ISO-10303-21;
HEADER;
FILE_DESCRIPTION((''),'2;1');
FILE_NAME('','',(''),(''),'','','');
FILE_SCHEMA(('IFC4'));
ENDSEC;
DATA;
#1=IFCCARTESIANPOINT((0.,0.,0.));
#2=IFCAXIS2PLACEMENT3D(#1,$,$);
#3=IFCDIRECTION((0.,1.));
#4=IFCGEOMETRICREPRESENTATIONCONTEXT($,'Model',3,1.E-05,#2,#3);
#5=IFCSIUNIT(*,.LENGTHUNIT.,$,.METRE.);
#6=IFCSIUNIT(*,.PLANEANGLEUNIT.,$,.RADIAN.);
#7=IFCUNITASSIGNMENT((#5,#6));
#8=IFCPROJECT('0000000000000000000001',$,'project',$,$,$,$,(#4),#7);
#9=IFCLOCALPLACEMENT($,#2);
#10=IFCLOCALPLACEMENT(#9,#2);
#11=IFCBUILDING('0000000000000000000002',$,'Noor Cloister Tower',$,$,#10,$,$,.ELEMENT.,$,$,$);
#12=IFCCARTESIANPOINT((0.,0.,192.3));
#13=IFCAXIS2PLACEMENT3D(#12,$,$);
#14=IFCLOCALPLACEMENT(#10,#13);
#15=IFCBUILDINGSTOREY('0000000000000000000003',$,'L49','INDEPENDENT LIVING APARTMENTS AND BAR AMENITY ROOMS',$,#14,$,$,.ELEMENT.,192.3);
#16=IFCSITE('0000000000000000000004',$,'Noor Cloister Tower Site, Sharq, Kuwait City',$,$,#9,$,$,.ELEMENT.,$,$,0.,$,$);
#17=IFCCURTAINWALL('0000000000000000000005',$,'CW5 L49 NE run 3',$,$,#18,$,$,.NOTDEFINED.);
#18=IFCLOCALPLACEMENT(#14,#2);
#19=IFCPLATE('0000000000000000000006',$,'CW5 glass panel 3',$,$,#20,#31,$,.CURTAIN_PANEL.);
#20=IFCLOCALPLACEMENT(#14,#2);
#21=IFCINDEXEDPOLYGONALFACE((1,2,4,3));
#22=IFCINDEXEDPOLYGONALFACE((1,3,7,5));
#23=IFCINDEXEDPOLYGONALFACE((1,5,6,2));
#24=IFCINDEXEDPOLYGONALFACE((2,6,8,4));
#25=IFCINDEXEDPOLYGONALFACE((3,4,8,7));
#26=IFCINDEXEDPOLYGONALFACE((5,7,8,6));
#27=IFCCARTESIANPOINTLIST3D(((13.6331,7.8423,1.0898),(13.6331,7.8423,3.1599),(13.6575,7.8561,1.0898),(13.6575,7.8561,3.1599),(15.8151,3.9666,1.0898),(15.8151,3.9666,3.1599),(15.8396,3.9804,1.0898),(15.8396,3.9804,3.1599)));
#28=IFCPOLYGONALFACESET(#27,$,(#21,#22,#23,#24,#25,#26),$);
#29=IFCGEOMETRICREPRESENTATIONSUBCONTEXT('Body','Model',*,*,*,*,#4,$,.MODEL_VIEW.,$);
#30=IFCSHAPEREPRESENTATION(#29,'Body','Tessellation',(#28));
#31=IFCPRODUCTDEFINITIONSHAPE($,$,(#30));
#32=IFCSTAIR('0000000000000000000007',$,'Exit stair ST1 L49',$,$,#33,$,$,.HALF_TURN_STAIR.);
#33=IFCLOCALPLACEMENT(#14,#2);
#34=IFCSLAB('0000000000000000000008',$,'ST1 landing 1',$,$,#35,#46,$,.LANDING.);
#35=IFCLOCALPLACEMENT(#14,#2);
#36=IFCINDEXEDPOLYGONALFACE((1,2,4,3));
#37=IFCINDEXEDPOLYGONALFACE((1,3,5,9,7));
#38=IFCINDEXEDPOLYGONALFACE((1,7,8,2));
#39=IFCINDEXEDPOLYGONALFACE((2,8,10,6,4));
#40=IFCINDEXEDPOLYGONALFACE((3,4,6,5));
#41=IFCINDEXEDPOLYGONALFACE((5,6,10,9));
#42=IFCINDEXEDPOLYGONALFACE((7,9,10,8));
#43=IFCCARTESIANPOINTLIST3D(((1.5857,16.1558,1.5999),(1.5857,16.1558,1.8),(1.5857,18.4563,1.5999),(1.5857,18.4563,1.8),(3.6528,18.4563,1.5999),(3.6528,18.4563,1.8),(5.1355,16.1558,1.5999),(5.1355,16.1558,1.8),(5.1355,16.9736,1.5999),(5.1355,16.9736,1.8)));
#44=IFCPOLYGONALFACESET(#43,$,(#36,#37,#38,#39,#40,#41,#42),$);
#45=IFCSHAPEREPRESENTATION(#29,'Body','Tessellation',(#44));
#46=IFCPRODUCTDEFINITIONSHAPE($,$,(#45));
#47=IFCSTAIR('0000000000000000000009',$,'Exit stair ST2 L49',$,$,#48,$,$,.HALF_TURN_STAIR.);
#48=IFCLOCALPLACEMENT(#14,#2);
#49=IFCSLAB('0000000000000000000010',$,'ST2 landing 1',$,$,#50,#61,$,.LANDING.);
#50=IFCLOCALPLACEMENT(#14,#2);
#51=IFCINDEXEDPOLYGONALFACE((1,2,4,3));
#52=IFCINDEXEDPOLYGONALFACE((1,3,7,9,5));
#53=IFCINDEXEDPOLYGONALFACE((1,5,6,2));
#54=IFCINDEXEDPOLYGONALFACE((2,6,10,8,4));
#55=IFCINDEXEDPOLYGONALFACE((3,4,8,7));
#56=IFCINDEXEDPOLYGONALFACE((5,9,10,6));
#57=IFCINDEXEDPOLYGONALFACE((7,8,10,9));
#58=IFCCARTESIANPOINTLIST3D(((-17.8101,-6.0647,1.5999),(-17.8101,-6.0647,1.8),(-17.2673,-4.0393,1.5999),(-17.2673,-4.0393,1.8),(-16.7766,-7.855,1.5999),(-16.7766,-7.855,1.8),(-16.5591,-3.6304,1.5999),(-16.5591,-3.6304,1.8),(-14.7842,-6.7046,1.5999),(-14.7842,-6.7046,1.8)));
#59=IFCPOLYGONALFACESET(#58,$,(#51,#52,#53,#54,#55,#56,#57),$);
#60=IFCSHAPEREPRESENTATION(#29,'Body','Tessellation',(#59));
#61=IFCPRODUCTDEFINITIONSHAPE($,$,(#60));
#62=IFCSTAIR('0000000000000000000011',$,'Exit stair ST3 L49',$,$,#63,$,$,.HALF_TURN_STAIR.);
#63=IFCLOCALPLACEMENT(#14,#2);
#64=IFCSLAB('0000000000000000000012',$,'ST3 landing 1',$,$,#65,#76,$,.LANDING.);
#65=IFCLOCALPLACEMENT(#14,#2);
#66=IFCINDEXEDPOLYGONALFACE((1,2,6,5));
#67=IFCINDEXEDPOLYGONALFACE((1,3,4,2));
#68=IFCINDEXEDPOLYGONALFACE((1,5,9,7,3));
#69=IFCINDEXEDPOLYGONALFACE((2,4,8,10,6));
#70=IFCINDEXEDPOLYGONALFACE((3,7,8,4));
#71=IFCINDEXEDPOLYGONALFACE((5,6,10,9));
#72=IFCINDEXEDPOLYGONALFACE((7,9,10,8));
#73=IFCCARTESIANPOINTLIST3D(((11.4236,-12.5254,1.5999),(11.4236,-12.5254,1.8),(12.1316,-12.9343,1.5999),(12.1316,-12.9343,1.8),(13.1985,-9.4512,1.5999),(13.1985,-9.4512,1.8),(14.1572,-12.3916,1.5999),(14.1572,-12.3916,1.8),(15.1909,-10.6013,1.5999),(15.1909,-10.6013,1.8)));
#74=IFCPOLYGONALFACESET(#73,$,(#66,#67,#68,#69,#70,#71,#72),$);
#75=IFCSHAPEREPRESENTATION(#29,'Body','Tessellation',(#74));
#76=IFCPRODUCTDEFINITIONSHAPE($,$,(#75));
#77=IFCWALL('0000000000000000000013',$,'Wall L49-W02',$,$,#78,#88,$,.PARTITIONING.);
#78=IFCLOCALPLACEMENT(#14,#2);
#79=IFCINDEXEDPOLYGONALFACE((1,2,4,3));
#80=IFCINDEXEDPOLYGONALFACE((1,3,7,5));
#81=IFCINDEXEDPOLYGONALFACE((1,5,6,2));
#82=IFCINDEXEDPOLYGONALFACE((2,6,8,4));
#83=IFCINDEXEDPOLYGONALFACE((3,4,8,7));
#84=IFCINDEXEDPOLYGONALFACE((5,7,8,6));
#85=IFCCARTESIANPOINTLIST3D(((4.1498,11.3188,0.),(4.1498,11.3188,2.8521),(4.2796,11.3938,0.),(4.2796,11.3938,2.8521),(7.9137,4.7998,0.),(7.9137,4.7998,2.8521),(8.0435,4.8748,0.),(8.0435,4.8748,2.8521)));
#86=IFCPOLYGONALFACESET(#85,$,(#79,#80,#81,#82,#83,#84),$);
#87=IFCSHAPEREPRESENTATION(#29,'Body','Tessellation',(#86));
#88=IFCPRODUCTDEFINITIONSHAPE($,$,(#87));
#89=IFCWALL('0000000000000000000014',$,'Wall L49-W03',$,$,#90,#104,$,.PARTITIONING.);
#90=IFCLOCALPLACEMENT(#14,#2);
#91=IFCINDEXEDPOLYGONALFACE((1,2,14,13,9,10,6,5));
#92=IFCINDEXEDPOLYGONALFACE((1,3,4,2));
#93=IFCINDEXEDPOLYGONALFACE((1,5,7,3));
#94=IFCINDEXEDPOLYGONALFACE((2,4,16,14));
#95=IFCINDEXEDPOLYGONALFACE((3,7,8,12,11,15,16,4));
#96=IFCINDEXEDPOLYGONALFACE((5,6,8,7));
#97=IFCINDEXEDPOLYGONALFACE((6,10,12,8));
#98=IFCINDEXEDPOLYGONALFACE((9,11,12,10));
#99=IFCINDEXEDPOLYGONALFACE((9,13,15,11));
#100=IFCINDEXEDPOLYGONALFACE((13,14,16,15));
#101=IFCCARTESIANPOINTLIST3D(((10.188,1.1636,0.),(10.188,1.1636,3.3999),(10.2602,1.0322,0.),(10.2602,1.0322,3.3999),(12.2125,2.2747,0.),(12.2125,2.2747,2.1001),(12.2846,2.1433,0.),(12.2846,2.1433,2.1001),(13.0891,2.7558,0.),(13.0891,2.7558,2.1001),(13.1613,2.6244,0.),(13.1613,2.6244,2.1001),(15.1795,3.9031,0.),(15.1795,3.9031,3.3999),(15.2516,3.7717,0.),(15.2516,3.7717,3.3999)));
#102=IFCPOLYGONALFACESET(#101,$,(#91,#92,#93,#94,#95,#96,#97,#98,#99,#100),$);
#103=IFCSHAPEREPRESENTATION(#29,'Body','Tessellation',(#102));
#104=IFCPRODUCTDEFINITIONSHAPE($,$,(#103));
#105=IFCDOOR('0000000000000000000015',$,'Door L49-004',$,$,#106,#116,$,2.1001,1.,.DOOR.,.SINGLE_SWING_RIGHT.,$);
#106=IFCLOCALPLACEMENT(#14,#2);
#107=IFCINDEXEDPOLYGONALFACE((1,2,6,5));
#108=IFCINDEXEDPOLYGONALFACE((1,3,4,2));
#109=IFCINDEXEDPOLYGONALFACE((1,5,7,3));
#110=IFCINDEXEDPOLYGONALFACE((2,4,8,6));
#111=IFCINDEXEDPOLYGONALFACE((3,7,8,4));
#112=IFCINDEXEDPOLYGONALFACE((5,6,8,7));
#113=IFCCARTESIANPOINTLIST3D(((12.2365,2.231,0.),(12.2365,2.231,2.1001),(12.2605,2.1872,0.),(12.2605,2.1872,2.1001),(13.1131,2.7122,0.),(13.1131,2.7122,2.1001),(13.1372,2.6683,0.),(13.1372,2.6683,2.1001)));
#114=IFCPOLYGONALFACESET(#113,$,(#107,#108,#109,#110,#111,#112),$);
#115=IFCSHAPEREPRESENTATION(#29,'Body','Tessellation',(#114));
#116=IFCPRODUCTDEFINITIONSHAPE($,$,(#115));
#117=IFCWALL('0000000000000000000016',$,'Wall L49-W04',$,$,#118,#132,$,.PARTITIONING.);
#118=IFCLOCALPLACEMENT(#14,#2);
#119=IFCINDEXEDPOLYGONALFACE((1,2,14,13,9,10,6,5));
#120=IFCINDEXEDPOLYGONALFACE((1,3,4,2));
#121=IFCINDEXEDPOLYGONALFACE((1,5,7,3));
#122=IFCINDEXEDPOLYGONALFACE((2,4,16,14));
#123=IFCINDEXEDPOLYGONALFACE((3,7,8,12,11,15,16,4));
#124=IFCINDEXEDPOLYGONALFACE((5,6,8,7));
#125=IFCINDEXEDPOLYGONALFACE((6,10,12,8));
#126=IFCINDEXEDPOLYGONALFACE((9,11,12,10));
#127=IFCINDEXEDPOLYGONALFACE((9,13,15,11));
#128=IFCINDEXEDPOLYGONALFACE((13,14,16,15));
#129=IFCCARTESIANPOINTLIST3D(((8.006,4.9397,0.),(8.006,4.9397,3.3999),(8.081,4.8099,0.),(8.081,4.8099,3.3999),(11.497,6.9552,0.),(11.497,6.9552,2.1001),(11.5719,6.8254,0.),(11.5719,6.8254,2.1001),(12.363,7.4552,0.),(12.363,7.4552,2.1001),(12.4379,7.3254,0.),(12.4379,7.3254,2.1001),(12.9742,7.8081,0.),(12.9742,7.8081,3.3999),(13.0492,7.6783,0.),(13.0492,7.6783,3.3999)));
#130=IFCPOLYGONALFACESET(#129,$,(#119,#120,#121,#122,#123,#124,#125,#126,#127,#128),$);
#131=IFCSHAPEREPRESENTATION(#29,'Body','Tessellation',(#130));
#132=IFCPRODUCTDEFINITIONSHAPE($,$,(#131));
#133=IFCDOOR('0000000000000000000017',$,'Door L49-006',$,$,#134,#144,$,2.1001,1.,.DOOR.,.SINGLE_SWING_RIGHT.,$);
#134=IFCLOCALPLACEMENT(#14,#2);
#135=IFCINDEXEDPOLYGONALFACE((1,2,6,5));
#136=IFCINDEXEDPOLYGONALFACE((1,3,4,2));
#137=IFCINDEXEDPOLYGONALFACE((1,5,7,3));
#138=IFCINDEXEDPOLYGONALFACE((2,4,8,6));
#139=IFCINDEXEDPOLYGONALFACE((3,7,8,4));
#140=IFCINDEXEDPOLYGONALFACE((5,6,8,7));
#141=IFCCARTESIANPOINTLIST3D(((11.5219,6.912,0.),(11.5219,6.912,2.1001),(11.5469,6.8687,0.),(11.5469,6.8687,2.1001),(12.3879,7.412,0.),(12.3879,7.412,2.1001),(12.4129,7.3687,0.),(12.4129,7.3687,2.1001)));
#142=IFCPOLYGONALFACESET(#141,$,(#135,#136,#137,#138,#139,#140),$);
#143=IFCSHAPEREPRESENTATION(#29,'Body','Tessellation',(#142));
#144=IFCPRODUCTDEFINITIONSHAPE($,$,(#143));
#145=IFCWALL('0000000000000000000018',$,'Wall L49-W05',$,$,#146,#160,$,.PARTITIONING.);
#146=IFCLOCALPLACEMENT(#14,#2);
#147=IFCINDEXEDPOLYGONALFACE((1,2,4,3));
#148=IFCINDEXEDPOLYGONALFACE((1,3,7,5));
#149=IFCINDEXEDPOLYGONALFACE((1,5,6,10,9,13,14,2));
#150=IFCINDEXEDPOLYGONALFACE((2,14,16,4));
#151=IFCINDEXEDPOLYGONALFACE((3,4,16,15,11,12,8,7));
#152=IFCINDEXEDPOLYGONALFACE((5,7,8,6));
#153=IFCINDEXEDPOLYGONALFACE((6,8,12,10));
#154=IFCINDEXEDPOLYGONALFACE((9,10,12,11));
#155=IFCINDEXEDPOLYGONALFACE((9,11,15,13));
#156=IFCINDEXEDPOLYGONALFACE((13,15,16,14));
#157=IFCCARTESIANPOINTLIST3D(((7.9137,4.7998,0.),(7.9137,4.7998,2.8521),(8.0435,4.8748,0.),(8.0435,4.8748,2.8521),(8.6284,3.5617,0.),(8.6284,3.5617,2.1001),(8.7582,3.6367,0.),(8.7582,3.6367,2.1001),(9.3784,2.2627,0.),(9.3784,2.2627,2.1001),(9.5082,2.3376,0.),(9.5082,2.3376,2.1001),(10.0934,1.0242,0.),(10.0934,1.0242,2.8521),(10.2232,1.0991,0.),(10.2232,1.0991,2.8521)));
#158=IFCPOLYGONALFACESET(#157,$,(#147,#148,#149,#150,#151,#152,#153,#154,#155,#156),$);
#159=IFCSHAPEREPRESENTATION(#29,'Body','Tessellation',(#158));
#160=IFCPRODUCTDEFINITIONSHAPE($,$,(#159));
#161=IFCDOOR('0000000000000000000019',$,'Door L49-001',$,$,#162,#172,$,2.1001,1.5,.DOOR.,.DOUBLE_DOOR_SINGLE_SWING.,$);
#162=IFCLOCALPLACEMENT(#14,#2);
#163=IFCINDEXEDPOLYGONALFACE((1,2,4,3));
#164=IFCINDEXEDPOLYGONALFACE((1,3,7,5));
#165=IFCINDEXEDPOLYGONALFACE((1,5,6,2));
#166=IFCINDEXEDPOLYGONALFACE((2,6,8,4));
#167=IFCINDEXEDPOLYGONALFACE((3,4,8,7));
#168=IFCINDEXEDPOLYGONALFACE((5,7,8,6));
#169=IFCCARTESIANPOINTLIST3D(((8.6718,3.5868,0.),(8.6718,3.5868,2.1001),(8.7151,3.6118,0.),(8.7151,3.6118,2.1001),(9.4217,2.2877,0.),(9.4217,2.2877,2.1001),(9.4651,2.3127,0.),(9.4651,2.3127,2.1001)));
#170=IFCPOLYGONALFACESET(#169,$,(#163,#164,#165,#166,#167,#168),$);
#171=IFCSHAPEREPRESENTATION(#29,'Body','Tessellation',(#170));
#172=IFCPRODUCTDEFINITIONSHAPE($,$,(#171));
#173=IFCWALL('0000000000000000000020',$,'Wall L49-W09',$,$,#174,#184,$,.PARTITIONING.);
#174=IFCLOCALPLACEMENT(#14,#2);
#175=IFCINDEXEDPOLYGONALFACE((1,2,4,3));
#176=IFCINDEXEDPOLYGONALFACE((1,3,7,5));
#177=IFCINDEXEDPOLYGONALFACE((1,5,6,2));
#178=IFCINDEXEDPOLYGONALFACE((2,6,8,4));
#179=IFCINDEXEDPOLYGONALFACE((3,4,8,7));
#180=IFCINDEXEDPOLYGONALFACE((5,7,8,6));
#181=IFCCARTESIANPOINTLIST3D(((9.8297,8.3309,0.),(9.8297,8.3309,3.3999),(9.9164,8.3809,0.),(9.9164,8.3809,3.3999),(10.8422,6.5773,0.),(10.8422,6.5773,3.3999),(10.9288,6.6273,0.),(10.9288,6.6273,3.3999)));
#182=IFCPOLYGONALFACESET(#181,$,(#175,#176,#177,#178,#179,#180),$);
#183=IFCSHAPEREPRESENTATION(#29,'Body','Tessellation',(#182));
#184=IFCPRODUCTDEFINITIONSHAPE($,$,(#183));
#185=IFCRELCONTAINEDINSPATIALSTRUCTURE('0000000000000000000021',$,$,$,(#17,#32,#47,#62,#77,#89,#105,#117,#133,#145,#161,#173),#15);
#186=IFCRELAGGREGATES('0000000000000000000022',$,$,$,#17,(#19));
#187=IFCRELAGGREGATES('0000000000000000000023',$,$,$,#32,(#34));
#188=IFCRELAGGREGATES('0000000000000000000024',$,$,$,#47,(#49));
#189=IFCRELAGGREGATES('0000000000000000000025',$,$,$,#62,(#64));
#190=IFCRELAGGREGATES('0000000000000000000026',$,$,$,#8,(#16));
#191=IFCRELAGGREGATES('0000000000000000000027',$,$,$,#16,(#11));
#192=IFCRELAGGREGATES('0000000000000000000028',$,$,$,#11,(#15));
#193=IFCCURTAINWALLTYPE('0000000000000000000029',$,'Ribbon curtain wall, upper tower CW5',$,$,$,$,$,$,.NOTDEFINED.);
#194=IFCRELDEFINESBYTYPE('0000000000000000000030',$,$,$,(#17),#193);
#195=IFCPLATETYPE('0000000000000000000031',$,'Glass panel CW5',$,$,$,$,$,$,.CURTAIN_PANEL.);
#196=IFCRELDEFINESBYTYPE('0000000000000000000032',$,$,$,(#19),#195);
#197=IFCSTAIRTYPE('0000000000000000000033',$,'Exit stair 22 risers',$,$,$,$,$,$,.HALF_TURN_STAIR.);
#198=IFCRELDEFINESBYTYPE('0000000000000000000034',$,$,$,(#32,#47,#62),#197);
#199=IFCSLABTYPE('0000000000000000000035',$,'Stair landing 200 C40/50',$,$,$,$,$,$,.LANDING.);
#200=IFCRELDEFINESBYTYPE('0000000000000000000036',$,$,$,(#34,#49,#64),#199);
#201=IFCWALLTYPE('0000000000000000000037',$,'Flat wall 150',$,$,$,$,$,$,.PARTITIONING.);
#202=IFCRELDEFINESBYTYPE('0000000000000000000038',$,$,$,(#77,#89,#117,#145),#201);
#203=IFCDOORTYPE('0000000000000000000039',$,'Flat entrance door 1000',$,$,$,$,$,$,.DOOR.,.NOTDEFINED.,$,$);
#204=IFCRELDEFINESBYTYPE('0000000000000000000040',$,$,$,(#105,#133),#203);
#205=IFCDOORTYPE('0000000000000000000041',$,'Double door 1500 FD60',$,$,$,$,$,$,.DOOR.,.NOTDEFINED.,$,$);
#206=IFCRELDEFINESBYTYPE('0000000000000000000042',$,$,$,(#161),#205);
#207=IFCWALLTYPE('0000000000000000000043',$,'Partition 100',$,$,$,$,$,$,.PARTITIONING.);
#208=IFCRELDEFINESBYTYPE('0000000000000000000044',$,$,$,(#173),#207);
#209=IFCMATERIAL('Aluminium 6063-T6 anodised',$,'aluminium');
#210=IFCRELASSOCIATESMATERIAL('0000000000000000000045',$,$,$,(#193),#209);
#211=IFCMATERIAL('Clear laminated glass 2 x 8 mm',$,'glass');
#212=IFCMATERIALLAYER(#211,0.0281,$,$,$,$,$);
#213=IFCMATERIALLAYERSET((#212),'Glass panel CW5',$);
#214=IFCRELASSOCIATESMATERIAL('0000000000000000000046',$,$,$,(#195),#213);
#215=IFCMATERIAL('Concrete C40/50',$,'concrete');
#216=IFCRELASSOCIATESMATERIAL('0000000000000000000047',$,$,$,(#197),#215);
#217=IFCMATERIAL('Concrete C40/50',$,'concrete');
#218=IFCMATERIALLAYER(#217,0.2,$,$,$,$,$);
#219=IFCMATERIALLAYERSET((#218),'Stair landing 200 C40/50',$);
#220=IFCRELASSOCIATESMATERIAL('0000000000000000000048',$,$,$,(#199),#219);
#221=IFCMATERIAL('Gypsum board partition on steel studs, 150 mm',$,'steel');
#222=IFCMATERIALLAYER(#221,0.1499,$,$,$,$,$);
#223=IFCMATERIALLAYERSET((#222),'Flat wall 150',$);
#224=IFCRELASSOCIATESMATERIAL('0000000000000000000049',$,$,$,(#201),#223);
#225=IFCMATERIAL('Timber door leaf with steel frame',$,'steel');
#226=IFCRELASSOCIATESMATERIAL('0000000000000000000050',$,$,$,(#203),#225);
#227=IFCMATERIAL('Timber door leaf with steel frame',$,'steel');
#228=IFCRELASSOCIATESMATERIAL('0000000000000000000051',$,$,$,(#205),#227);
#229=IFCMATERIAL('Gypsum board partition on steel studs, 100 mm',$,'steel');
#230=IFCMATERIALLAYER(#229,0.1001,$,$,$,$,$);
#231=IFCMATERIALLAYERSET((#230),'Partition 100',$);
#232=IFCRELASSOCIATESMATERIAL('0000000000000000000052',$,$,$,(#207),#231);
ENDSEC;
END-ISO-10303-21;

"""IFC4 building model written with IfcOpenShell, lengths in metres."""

from ifc_helpers import new_model, si_unit, direction, frame, frame_2d, origin, origin_2d, place, context, subcontext, project, spatial, polyline, rectangle, outline, extrude, material, layer, layer_set, type_object, element, fill, aggregate, save


model = new_model("IFC4")

# Units and contexts
model_context = context("Model", 3, precision=1e-05, world=origin(), true_north=direction((0.0, 1.0)))
body_context = subcontext(model_context, "Body", "Model", "MODEL_VIEW")
ifc_project = project(units=[si_unit("LENGTHUNIT", "METRE"), si_unit("PLANEANGLEUNIT", "RADIAN")], contexts=[model_context])

# Site, building, storey
site_placement = place(None, origin())
site = spatial("IfcSite", under=ifc_project, at=site_placement, Name="Noor Cloister Tower Site, Sharq, Kuwait City", CompositionType="ELEMENT", RefElevation=0.0)
building_placement = place(site_placement, origin())
building = spatial("IfcBuilding", under=site, at=building_placement, Name="Noor Cloister Tower", CompositionType="ELEMENT")
storey_placement = place(building_placement, frame((0.0, 0.0, 192.3)))
storey = spatial("IfcBuildingStorey", under=building, at=storey_placement, Name="L49", Description="INDEPENDENT LIVING APARTMENTS AND BAR AMENITY ROOMS", CompositionType="ELEMENT", Elevation=192.3)

# Curtain wall
ifc_material_1 = material(Name="Aluminium 6063-T6 anodised", Category="aluminium")
curtain_wall_type = type_object("IfcCurtainWallType", Name="Ribbon curtain wall, upper tower CW5", PredefinedType="NOTDEFINED", material=ifc_material_1)
curtain_wall_placement = place(storey_placement, origin())
curtain_wall = element("IfcCurtainWall", 1, at=curtain_wall_placement, inside=storey, type_object=curtain_wall_type, Name="CW5 L49 NE run 3", PredefinedType="NOTDEFINED")

# Plate
ifc_material_2 = material(Name="Clear laminated glass 2 x 8 mm", Category="glass")
ifc_layer_1 = layer(ifc_material_2, 0.0281)
ifc_layer_set_1 = layer_set([ifc_layer_1], Name="Glass panel CW5")
plate_type = type_object("IfcPlateType", Name="Glass panel CW5", PredefinedType="CURTAIN_PANEL", material=ifc_layer_set_1)
plate_1_placement = place(storey_placement, frame((14.7363, 5.9114, 1.0898), z_axis=(0.0, 0.0, 1.0), x_axis=(-0.4906, 0.871385, 0.0)))
plate_1 = element("IfcPlate", 2, at=plate_1_placement, type_object=plate_type, Name="CW5 glass panel 3", PredefinedType="CURTAIN_PANEL", context=body_context, shape_type="SweptSolid", body=[
    extrude(rectangle(XDim=4.4478, YDim=0.0281, at=origin_2d()), origin(), (0.0, 0.0, 1.0), 2.0701),
])
aggregate(curtain_wall, [plate_1])

# Stairs, slabs
ifc_material_3 = material(Name="Concrete C40/50", Category="concrete")
stair_type = type_object("IfcStairType", Name="Exit stair 22 risers", PredefinedType="HALF_TURN_STAIR", material=ifc_material_3)
stair_1_placement = place(storey_placement, origin())
stair_1 = element("IfcStair", 3, at=stair_1_placement, inside=storey, type_object=stair_type, Name="Exit stair ST1 L49", PredefinedType="HALF_TURN_STAIR")
ifc_material_4 = material(Name="Concrete C40/50", Category="concrete")
ifc_layer_2 = layer(ifc_material_4, 0.2)
ifc_layer_set_2 = layer_set([ifc_layer_2], Name="Stair landing 200 C40/50")
slab_type_1 = type_object("IfcSlabType", Name="Stair landing 200 C40/50", PredefinedType="LANDING", material=ifc_layer_set_2)
slab_1_placement = place(storey_placement, frame((0.0, 0.0, 1.5999)))
slab_1 = element("IfcSlab", 4, at=slab_1_placement, type_object=slab_type_1, Name="ST1 landing 1", PredefinedType="LANDING", context=body_context, shape_type="SweptSolid", body=[
    extrude(outline(polyline([(5.1355, 16.1558), (5.1355, 16.9736), (3.6528, 18.4563), (1.5857, 18.4563), (1.5857, 16.1558), (5.1355, 16.1558)])), origin(), (0.0, 0.0, 1.0), 0.2002),
])
aggregate(stair_1, [slab_1])
stair_2_placement = place(storey_placement, origin())
stair_2 = element("IfcStair", 5, at=stair_2_placement, inside=storey, type_object=stair_type, Name="Exit stair ST2 L49", PredefinedType="HALF_TURN_STAIR")
slab_2_placement = place(storey_placement, frame((0.0, 0.0, 1.5999)))
slab_2 = element("IfcSlab", 6, at=slab_2_placement, type_object=slab_type_1, Name="ST2 landing 1", PredefinedType="LANDING", context=body_context, shape_type="SweptSolid", body=[
    extrude(outline(polyline([(-16.5591, -3.6304), (-17.2673, -4.0393), (-17.8101, -6.0647), (-16.7766, -7.855), (-14.7842, -6.7046), (-16.5591, -3.6304)])), origin(), (0.0, 0.0, 1.0), 0.2002),
])
aggregate(stair_2, [slab_2])
stair_3_placement = place(storey_placement, origin())
stair_3 = element("IfcStair", 7, at=stair_3_placement, inside=storey, type_object=stair_type, Name="Exit stair ST3 L49", PredefinedType="HALF_TURN_STAIR")
slab_3_placement = place(storey_placement, frame((0.0, 0.0, 1.5999)))
slab_3 = element("IfcSlab", 8, at=slab_3_placement, type_object=slab_type_1, Name="ST3 landing 1", PredefinedType="LANDING", context=body_context, shape_type="SweptSolid", body=[
    extrude(outline(polyline([(11.4236, -12.5254), (12.1316, -12.9343), (14.1572, -12.3916), (15.1909, -10.6013), (13.1985, -9.4512), (11.4236, -12.5254)])), origin(), (0.0, 0.0, 1.0), 0.2002),
])
aggregate(stair_3, [slab_3])

# Wall
ifc_material_5 = material(Name="Gypsum board partition on steel studs, 150 mm", Category="steel")
ifc_layer_3 = layer(ifc_material_5, 0.1499)
ifc_layer_set_3 = layer_set([ifc_layer_3], Name="Flat wall 150")
wall_type_1 = type_object("IfcWallType", Name="Flat wall 150", PredefinedType="PARTITIONING", material=ifc_layer_set_3)
wall_1_placement = place(storey_placement, frame((7.9785, 4.8374, 0.0), z_axis=(0.0, 0.0, 1.0), x_axis=(-0.500014, 0.866017, 0.0)))
element("IfcWall", 9, at=wall_1_placement, inside=storey, type_object=wall_type_1, Name="Wall L49-W02", PredefinedType="PARTITIONING", context=body_context, shape_type="SweptSolid", body=[
    extrude(rectangle(XDim=7.5276, YDim=0.1499, at=frame_2d((3.7637, 0.0))), origin(), (0.0, 0.0, 1.0), 2.8521),
])

# Walls, openings, doors
wall_2_placement = place(storey_placement, frame((15.2156, 3.8374, 0.0), z_axis=(0.0, 0.0, 1.0), x_axis=(-0.876646, -0.481137, 0.0)))
wall_2 = element("IfcWall", 10, at=wall_2_placement, inside=storey, type_object=wall_type_1, Name="Wall L49-W03", PredefinedType="PARTITIONING", context=body_context, shape_type="SweptSolid", body=[
    extrude(rectangle(XDim=5.6938, YDim=0.1499, at=frame_2d((2.8469, 0.0))), origin(), (0.0, 0.0, 1.0), 3.3999),
])
opening_1_placement = place(wall_2_placement, frame((2.3845, 0.0, 0.0)))
opening_1 = element("IfcOpeningElement", 11, at=opening_1_placement, cuts=wall_2, PredefinedType="OPENING", context=body_context, shape_type="SweptSolid", body=[
    extrude(rectangle(XDim=1.0, YDim=2.1001, at=frame_2d((0.5, 1.05))), frame((0.0, 0.085, 0.0), z_axis=(0.0, -1.0, 0.0), x_axis=(1.0, 0.0, 0.0)), (0.0, 0.0, 1.0), 0.1699),
])
ifc_material_6 = material(Name="Timber door leaf with steel frame", Category="steel")
door_type_1 = type_object("IfcDoorType", Name="Flat entrance door 1000", OperationType="NOTDEFINED", PredefinedType="DOOR", material=ifc_material_6)
door_1_placement = place(opening_1_placement, origin())
door_1 = element("IfcDoor", 12, at=door_1_placement, inside=storey, type_object=door_type_1, Name="Door L49-004", OperationType="SINGLE_SWING_RIGHT", OverallHeight=2.1001, OverallWidth=1.0, PredefinedType="DOOR", context=body_context, shape_type="SweptSolid", body=[
    extrude(rectangle(XDim=1.0, YDim=2.1001, at=frame_2d((0.5, 1.05))), frame((0.0, 0.0249, 0.0), z_axis=(0.0, -1.0, 0.0), x_axis=(1.0, 0.0, 0.0)), (0.0, 0.0, 1.0), 0.05),
])
fill(opening_1, door_1)
wall_3_placement = place(storey_placement, frame((13.0117, 7.7432, 0.0), z_axis=(0.0, 0.0, 1.0), x_axis=(-0.866027, -0.499998, 0.0)))
wall_3 = element("IfcWall", 13, at=wall_3_placement, inside=storey, type_object=wall_type_1, Name="Wall L49-W04", PredefinedType="PARTITIONING", context=body_context, shape_type="SweptSolid", body=[
    extrude(rectangle(XDim=5.7368, YDim=0.1499, at=frame_2d((2.8684, 0.0))), origin(), (0.0, 0.0, 1.0), 3.3999),
])
opening_2_placement = place(wall_3_placement, frame((0.7058, 0.0, 0.0)))
opening_2 = element("IfcOpeningElement", 14, at=opening_2_placement, cuts=wall_3, PredefinedType="OPENING", context=body_context, shape_type="SweptSolid", body=[
    extrude(rectangle(XDim=1.0, YDim=2.1001, at=frame_2d((0.5, 1.05))), frame((0.0, 0.085, 0.0), z_axis=(0.0, -1.0, 0.0), x_axis=(1.0, 0.0, 0.0)), (0.0, 0.0, 1.0), 0.1699),
])
door_2_placement = place(opening_2_placement, origin())
door_2 = element("IfcDoor", 15, at=door_2_placement, inside=storey, type_object=door_type_1, Name="Door L49-006", OperationType="SINGLE_SWING_RIGHT", OverallHeight=2.1001, OverallWidth=1.0, PredefinedType="DOOR", context=body_context, shape_type="SweptSolid", body=[
    extrude(rectangle(XDim=1.0, YDim=2.1001, at=frame_2d((0.5, 1.05))), frame((0.0, 0.0249, 0.0), z_axis=(0.0, -1.0, 0.0), x_axis=(1.0, 0.0, 0.0)), (0.0, 0.0, 1.0), 0.05),
])
fill(opening_2, door_2)
wall_4_placement = place(storey_placement, frame((10.1582, 1.0618, 0.0), z_axis=(0.0, 0.0, 1.0), x_axis=(-0.49997, 0.866043, 0.0)))
wall_4 = element("IfcWall", 16, at=wall_4_placement, inside=storey, type_object=wall_type_1, Name="Wall L49-W05", PredefinedType="PARTITIONING", context=body_context, shape_type="SweptSolid", body=[
    extrude(rectangle(XDim=4.3596, YDim=0.1499, at=frame_2d((2.1797, 0.0))), origin(), (0.0, 0.0, 1.0), 2.8521),
])
opening_3_placement = place(wall_4_placement, frame((1.4299, 0.0, 0.0)))
opening_3 = element("IfcOpeningElement", 17, at=opening_3_placement, cuts=wall_4, PredefinedType="OPENING", context=body_context, shape_type="SweptSolid", body=[
    extrude(rectangle(XDim=1.5, YDim=2.1001, at=frame_2d((0.75, 1.05))), frame((0.0, 0.085, 0.0), z_axis=(0.0, -1.0, 0.0), x_axis=(1.0, 0.0, 0.0)), (0.0, 0.0, 1.0), 0.1699),
])
ifc_material_7 = material(Name="Timber door leaf with steel frame", Category="steel")
door_type_2 = type_object("IfcDoorType", Name="Double door 1500 FD60", OperationType="NOTDEFINED", PredefinedType="DOOR", material=ifc_material_7)
door_3_placement = place(opening_3_placement, origin())
door_3 = element("IfcDoor", 18, at=door_3_placement, inside=storey, type_object=door_type_2, Name="Door L49-001", OperationType="DOUBLE_DOOR_SINGLE_SWING", OverallHeight=2.1001, OverallWidth=1.5, PredefinedType="DOOR", context=body_context, shape_type="SweptSolid", body=[
    extrude(rectangle(XDim=1.5, YDim=2.1001, at=frame_2d((0.75, 1.05))), frame((0.0, 0.0249, 0.0), z_axis=(0.0, -1.0, 0.0), x_axis=(1.0, 0.0, 0.0)), (0.0, 0.0, 1.0), 0.05),
])
fill(opening_3, door_3)

# Wall
ifc_material_8 = material(Name="Gypsum board partition on steel studs, 100 mm", Category="steel")
ifc_layer_4 = layer(ifc_material_8, 0.1001)
ifc_layer_set_4 = layer_set([ifc_layer_4], Name="Partition 100")
wall_type_2 = type_object("IfcWallType", Name="Partition 100", PredefinedType="PARTITIONING", material=ifc_layer_set_4)
wall_5_placement = place(storey_placement, frame((10.8855, 6.6023, 0.0), z_axis=(0.0, 0.0, 1.0), x_axis=(-0.49999, 0.866031, 0.0)))
element("IfcWall", 19, at=wall_5_placement, inside=storey, type_object=wall_type_2, Name="Wall L49-W09", PredefinedType="PARTITIONING", context=body_context, shape_type="SweptSolid", body=[
    extrude(rectangle(XDim=2.0249, YDim=0.1001, at=frame_2d((1.0125, 0.0))), origin(), (0.0, 0.0, 1.0), 3.3999),
])

save(model, "model.ifc")
